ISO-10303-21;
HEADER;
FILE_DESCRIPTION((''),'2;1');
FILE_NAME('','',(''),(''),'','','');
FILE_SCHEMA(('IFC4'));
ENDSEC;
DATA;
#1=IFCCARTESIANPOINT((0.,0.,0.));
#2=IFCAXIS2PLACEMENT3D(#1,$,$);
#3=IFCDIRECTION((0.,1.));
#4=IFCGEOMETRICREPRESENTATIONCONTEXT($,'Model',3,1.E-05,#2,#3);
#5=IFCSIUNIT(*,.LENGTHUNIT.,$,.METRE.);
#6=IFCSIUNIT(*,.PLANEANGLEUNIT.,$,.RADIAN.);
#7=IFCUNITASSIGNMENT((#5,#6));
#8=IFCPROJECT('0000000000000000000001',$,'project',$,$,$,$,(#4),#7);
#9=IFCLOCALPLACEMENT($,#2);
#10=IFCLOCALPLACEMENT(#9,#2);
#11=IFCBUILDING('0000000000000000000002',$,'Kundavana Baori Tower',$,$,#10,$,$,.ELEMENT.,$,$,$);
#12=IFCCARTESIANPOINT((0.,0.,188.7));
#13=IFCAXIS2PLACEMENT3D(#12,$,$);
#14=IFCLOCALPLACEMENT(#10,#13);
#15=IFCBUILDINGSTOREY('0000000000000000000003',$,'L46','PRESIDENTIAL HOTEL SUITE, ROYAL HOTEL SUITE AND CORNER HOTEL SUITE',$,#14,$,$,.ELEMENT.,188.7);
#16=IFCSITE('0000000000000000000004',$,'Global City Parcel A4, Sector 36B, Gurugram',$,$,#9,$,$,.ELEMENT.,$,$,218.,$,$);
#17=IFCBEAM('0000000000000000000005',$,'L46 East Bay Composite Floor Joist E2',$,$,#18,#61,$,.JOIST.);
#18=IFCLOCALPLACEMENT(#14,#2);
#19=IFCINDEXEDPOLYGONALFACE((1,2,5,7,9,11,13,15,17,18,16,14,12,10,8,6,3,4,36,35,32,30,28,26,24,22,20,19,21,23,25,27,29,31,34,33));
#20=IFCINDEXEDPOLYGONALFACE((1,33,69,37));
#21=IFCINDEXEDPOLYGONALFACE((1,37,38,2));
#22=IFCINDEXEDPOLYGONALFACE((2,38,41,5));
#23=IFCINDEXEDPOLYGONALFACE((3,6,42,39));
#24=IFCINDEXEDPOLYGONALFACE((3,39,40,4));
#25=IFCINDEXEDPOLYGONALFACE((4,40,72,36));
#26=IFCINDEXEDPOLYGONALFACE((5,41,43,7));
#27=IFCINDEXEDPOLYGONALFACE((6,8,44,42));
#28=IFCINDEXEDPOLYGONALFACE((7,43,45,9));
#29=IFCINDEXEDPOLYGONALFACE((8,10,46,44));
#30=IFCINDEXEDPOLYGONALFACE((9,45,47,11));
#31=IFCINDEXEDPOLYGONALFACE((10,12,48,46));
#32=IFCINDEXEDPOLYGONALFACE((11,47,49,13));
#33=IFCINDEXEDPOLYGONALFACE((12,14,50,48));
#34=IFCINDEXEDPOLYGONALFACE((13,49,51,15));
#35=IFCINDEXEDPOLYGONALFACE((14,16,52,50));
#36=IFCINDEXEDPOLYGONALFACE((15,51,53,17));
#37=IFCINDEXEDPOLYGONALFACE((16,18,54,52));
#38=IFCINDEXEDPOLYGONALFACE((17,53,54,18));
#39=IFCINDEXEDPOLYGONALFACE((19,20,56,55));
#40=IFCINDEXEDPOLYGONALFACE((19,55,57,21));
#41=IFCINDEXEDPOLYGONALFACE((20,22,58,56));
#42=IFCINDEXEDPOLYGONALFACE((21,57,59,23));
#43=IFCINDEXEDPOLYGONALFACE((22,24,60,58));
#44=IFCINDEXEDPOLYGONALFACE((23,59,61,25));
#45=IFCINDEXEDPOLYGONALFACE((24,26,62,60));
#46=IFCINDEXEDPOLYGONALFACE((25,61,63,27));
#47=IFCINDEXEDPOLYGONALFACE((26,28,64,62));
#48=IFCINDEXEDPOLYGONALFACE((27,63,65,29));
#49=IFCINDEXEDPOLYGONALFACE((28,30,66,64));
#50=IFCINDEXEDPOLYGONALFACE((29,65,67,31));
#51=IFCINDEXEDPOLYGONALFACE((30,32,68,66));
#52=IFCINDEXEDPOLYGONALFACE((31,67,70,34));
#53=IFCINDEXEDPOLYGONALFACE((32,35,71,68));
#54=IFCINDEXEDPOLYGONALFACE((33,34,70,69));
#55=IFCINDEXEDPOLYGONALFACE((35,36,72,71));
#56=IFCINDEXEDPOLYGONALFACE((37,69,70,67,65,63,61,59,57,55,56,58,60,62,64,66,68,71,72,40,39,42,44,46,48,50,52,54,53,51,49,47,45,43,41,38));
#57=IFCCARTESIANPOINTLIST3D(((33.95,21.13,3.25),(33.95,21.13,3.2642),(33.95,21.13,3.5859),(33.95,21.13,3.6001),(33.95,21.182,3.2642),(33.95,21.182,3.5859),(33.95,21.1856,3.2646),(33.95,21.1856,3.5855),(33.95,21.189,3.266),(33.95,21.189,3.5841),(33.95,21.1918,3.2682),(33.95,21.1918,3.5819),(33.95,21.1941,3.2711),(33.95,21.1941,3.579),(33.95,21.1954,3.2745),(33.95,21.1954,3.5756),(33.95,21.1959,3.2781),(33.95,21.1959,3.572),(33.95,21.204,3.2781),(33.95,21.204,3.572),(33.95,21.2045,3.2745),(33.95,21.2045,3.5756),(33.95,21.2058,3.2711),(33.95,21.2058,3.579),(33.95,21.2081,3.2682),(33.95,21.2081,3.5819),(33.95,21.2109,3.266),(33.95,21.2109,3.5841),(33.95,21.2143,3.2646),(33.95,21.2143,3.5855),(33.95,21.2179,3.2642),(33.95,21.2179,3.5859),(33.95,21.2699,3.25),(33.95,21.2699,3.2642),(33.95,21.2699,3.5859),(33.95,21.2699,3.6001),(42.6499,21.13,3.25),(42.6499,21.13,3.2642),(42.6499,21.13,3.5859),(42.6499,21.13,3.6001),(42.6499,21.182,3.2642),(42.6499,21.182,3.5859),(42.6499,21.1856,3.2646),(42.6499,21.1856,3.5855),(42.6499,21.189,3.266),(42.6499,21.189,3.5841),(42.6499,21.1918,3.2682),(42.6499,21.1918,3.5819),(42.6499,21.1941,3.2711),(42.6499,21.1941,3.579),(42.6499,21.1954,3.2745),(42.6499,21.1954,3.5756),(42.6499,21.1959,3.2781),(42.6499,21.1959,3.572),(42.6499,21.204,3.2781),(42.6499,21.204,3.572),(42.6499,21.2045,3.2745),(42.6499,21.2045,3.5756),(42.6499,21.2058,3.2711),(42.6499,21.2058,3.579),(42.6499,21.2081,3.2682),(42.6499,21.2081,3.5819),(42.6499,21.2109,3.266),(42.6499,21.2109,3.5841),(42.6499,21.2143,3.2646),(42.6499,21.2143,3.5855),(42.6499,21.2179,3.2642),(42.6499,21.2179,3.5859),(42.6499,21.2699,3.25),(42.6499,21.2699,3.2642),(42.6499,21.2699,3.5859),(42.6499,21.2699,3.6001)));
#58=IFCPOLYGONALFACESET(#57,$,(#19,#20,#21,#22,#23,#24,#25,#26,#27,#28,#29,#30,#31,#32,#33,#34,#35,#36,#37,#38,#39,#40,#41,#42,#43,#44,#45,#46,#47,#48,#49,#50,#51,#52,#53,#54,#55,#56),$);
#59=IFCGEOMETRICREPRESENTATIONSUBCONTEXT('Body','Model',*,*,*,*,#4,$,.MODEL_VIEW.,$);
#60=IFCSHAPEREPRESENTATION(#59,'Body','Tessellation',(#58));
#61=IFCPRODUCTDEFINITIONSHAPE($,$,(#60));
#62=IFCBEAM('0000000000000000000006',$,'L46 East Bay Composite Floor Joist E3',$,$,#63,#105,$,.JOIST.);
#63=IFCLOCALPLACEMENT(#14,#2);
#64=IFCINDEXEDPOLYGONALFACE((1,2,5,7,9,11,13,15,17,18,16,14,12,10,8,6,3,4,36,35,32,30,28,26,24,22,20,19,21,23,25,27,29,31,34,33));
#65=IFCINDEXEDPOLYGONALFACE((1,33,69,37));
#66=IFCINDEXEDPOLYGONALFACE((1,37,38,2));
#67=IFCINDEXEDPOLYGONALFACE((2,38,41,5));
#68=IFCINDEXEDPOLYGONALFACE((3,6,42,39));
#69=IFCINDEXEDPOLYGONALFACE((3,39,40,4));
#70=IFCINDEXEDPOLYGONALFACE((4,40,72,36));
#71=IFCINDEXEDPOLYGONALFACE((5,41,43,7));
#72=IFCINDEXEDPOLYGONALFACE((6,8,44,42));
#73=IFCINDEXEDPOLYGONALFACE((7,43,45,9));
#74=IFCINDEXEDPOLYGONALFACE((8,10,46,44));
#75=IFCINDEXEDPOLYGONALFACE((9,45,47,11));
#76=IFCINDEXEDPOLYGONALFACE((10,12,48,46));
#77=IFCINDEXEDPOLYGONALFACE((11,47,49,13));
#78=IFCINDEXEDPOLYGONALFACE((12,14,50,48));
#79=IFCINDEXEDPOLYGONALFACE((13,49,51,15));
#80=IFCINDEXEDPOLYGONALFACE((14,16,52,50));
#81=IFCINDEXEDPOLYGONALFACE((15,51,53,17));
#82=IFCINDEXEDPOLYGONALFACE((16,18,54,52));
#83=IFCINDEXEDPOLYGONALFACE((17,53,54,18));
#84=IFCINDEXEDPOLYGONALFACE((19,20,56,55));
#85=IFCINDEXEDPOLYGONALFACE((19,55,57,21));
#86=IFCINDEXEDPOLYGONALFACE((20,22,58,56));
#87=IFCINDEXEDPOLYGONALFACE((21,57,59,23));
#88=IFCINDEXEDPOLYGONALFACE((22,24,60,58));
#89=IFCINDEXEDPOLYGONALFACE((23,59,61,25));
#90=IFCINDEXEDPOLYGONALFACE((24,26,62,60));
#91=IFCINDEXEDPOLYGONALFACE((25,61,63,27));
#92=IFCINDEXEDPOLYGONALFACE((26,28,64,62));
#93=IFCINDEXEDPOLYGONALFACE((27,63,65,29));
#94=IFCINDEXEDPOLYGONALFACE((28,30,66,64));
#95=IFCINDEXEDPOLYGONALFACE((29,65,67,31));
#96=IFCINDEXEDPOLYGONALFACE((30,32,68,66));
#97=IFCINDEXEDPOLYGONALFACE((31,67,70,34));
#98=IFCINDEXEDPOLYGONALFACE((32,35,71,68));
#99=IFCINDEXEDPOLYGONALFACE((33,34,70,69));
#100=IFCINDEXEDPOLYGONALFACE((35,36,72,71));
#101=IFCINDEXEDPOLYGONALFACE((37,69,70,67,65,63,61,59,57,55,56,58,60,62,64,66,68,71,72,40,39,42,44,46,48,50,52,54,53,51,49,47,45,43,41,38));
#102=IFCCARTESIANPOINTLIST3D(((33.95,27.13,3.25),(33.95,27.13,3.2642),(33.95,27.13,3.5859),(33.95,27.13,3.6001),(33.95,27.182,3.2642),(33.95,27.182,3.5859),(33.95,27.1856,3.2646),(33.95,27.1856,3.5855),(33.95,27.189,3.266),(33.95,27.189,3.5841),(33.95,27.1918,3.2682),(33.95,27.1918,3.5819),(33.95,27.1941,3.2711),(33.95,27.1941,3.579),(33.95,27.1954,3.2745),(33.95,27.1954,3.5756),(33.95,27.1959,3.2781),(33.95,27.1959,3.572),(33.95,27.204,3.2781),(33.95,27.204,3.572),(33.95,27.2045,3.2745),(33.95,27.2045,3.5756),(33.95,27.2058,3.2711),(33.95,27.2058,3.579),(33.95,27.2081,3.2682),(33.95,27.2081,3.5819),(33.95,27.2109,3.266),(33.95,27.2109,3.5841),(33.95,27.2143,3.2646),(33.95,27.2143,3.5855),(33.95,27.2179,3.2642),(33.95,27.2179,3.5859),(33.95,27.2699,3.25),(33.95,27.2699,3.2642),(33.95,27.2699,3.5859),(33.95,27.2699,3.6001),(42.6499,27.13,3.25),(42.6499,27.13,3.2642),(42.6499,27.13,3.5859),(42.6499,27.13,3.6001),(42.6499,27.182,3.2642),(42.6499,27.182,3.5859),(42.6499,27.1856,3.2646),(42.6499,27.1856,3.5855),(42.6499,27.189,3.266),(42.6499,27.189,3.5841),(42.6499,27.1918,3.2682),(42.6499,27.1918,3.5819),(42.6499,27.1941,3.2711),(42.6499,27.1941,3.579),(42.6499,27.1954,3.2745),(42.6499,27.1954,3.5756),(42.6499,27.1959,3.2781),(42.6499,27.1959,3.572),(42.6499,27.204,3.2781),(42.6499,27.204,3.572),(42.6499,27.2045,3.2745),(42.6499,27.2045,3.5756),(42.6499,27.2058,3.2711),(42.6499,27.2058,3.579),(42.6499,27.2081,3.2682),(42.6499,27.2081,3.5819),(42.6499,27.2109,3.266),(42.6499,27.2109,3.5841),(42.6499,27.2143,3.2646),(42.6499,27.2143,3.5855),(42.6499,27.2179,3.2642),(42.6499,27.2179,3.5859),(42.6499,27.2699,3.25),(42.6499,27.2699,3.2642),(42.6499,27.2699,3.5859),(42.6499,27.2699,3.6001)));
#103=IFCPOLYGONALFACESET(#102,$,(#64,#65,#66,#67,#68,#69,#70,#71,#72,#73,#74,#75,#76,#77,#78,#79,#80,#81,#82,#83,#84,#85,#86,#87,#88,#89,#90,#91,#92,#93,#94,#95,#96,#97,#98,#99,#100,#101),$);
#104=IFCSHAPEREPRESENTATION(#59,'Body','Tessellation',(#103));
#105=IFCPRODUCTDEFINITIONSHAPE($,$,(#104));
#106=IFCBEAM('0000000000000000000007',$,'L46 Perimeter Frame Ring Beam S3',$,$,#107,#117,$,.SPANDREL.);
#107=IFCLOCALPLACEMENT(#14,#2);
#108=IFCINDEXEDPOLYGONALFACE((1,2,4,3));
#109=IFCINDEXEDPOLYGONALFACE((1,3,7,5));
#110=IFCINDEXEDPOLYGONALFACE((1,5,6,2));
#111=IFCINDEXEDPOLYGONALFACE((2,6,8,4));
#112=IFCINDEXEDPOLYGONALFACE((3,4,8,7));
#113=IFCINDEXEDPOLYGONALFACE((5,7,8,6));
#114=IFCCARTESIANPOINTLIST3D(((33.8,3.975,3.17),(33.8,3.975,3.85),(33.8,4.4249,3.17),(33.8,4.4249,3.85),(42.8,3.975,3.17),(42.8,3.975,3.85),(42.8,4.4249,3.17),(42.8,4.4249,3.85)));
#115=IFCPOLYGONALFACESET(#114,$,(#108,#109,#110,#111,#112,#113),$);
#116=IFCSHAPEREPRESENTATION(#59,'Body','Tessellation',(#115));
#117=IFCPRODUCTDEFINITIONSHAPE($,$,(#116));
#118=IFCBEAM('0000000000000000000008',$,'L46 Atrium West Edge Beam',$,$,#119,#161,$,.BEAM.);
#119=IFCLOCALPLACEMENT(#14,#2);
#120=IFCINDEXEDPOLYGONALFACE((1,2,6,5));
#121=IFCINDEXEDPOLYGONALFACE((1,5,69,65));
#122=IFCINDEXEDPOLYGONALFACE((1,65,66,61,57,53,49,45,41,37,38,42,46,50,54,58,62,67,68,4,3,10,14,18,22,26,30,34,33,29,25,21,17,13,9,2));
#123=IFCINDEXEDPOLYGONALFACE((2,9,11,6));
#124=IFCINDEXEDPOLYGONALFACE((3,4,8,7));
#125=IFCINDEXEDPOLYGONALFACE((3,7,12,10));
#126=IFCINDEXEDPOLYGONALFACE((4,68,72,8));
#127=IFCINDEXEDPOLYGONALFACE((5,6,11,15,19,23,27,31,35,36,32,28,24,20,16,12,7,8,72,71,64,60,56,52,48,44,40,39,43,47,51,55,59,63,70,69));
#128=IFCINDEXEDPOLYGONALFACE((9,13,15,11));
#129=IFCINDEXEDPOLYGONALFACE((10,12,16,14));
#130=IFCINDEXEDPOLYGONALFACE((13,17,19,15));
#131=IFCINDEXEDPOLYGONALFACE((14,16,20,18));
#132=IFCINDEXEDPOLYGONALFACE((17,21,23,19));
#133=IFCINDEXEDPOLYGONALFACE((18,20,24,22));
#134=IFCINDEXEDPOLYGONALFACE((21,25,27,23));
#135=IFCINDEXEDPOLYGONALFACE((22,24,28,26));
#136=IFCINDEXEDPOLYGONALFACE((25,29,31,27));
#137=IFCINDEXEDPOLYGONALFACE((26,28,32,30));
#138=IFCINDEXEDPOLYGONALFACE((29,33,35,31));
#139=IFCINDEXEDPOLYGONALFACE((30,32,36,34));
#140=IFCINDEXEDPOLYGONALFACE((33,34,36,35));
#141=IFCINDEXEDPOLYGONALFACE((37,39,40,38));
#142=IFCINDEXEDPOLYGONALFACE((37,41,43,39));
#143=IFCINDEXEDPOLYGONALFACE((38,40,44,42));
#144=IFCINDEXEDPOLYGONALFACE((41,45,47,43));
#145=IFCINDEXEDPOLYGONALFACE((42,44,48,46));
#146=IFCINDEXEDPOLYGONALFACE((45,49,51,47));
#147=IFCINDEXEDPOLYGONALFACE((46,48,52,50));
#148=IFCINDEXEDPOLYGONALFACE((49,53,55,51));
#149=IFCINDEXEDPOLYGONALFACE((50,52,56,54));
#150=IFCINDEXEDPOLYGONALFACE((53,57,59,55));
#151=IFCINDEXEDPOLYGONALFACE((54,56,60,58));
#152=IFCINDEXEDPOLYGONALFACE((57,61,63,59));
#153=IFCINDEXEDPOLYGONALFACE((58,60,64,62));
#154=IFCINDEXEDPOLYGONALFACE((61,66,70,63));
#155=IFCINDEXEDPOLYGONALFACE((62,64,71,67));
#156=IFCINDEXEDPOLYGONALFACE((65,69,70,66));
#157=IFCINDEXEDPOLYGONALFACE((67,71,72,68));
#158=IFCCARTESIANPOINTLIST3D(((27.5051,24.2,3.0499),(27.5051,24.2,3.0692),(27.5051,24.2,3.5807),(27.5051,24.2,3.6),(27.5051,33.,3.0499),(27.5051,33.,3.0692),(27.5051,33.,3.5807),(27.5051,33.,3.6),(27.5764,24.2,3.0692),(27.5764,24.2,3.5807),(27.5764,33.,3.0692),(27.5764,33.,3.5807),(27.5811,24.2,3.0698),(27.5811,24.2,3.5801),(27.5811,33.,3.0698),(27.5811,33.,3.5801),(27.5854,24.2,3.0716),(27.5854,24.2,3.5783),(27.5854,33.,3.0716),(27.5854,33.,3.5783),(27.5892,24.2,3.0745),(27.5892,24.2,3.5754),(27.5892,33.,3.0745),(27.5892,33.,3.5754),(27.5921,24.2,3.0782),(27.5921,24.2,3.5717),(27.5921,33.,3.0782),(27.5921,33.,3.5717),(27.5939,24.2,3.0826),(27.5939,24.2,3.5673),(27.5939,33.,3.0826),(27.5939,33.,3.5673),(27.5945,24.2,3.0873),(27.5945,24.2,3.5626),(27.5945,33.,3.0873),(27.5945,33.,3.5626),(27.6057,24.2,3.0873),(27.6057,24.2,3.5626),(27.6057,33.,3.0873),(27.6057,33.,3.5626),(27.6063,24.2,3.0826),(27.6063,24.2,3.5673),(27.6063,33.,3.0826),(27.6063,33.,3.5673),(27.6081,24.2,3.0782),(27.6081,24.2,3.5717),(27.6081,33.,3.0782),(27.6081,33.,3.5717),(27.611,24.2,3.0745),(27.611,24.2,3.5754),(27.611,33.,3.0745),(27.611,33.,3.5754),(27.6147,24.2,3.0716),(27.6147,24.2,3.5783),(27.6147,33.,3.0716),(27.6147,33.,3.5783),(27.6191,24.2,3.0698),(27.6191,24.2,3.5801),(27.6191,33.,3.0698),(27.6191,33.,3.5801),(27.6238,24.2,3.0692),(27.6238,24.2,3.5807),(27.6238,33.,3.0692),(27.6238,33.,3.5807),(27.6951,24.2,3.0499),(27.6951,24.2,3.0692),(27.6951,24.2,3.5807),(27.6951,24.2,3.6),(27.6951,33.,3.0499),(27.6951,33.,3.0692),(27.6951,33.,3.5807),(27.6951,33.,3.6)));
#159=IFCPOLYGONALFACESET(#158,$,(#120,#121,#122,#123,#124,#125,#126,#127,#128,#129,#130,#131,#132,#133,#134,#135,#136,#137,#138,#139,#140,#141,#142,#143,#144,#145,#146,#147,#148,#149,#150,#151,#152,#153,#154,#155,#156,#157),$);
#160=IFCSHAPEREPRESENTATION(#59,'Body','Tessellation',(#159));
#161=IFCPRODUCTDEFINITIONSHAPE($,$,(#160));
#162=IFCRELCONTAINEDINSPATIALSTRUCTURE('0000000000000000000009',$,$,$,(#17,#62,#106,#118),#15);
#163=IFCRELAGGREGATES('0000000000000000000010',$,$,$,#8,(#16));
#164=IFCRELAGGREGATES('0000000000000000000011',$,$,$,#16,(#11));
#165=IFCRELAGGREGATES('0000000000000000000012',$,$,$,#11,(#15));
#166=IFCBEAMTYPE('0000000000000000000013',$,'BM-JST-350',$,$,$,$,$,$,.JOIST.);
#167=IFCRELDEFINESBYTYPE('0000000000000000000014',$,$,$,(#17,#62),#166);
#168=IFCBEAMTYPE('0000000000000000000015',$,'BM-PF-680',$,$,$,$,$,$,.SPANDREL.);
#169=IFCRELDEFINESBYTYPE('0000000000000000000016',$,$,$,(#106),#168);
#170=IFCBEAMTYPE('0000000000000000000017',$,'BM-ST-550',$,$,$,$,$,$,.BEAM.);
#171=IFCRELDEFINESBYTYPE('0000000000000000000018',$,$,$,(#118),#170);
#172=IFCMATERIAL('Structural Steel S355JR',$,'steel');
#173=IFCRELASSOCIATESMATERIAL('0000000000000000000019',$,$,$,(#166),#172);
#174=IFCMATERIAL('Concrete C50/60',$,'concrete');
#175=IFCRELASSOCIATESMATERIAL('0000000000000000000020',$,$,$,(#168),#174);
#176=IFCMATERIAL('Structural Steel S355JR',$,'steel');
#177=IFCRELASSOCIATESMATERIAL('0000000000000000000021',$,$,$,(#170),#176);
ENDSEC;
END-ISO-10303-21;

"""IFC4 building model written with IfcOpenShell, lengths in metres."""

from ifc_helpers import new_model, si_unit, direction, frame, origin, origin_2d, place, context, subcontext, project, spatial, rectangle, i_section, extrude, material, material_profile, profile_set, type_object, element, save


model = new_model("IFC4")

# Units and contexts
model_context = context("Model", 3, precision=1e-05, world=origin(), true_north=direction((0.0, 1.0)))
body_context = subcontext(model_context, "Body", "Model", "MODEL_VIEW")
ifc_project = project(units=[si_unit("LENGTHUNIT", "METRE"), si_unit("PLANEANGLEUNIT", "RADIAN")], contexts=[model_context])

# Site, building, storey
site_placement = place(None, origin())
site = spatial("IfcSite", under=ifc_project, at=site_placement, Name="Global City Parcel A4, Sector 36B, Gurugram", CompositionType="ELEMENT", RefElevation=218.0)
building_placement = place(site_placement, origin())
building = spatial("IfcBuilding", under=site, at=building_placement, Name="Kundavana Baori Tower", CompositionType="ELEMENT")
storey_placement = place(building_placement, frame((0.0, 0.0, 188.7)))
storey = spatial("IfcBuildingStorey", under=building, at=storey_placement, Name="L46", Description="PRESIDENTIAL HOTEL SUITE, ROYAL HOTEL SUITE AND CORNER HOTEL SUITE", CompositionType="ELEMENT", Elevation=188.7)

# Beams
ifc_material_1 = material(Name="Structural Steel S355JR", Category="steel")
ifc_material_profile_1 = material_profile(ifc_material_1, i_section(OverallWidth=0.1399, OverallDepth=0.3501, WebThickness=0.0081, FlangeThickness=0.0142, FilletRadius=0.0139, at=origin_2d()), Name="ISMB 350")
ifc_profile_set_1 = profile_set([ifc_material_profile_1], Name="Structural Steel S355JR")
beam_type_1 = type_object("IfcBeamType", Name="BM-JST-350", PredefinedType="JOIST", material=ifc_profile_set_1)
for number, where, z_axis, x_axis, name in (
    (1, (33.95, 21.2, 3.425), (1.0, 0.0, 0.0), (0.0, 1.0, 0.0), "L46 East Bay Composite Floor Joist E2"),
    (2, (33.95, 27.2, 3.425), (1.0, 0.0, 0.0), (0.0, 1.0, 0.0), "L46 East Bay Composite Floor Joist E3"),
):
    element("IfcBeam", number, at=place(storey_placement, frame(where, z_axis=z_axis, x_axis=x_axis)), inside=storey, type_object=beam_type_1, Name=name, PredefinedType="JOIST", context=body_context, shape_type="SweptSolid", body=[
        extrude(i_section(OverallWidth=0.1399, OverallDepth=0.3501, WebThickness=0.0081, FlangeThickness=0.0142, FilletRadius=0.0139, at=origin_2d()), origin(), (0.0, 0.0, 1.0), 8.7),
    ])
ifc_material_2 = material(Name="Concrete C50/60", Category="concrete")
ifc_material_profile_2 = material_profile(ifc_material_2, rectangle(XDim=0.45, YDim=0.6799, at=origin_2d()), Name="RC BM 450x680")
ifc_profile_set_2 = profile_set([ifc_material_profile_2], Name="Concrete C50/60")
beam_type_2 = type_object("IfcBeamType", Name="BM-PF-680", PredefinedType="SPANDREL", material=ifc_profile_set_2)
beam_1_placement = place(storey_placement, frame((33.8, 4.2, 3.51), z_axis=(1.0, 0.0, 0.0), x_axis=(0.0, 1.0, 0.0)))
element("IfcBeam", 3, at=beam_1_placement, inside=storey, type_object=beam_type_2, Name="L46 Perimeter Frame Ring Beam S3", PredefinedType="SPANDREL", context=body_context, shape_type="SweptSolid", body=[
    extrude(rectangle(XDim=0.45, YDim=0.6799, at=origin_2d()), origin(), (0.0, 0.0, 1.0), 9.0),
])
ifc_material_3 = material(Name="Structural Steel S355JR", Category="steel")
ifc_material_profile_3 = material_profile(ifc_material_3, i_section(OverallWidth=0.1899, OverallDepth=0.55, WebThickness=0.0112, FlangeThickness=0.0193, FilletRadius=0.0181, at=origin_2d()), Name="ISMB 550")
ifc_profile_set_3 = profile_set([ifc_material_profile_3], Name="Structural Steel S355JR")
beam_type_3 = type_object("IfcBeamType", Name="BM-ST-550", PredefinedType="BEAM", material=ifc_profile_set_3)
for number, where, z_axis, x_axis, name in (
    (4, (27.6001, 24.2, 3.325), (0.0, 1.0, 0.0), (-1.0, 0.0, 0.0), "L46 Atrium West Edge Beam"),
):
    element("IfcBeam", number, at=place(storey_placement, frame(where, z_axis=z_axis, x_axis=x_axis)), inside=storey, type_object=beam_type_3, Name=name, PredefinedType="BEAM", context=body_context, shape_type="SweptSolid", body=[
        extrude(i_section(OverallWidth=0.1899, OverallDepth=0.55, WebThickness=0.0112, FlangeThickness=0.0193, FilletRadius=0.0181, at=origin_2d()), origin(), (0.0, 0.0, 1.0), 8.8),
    ])

save(model, "model.ifc")
